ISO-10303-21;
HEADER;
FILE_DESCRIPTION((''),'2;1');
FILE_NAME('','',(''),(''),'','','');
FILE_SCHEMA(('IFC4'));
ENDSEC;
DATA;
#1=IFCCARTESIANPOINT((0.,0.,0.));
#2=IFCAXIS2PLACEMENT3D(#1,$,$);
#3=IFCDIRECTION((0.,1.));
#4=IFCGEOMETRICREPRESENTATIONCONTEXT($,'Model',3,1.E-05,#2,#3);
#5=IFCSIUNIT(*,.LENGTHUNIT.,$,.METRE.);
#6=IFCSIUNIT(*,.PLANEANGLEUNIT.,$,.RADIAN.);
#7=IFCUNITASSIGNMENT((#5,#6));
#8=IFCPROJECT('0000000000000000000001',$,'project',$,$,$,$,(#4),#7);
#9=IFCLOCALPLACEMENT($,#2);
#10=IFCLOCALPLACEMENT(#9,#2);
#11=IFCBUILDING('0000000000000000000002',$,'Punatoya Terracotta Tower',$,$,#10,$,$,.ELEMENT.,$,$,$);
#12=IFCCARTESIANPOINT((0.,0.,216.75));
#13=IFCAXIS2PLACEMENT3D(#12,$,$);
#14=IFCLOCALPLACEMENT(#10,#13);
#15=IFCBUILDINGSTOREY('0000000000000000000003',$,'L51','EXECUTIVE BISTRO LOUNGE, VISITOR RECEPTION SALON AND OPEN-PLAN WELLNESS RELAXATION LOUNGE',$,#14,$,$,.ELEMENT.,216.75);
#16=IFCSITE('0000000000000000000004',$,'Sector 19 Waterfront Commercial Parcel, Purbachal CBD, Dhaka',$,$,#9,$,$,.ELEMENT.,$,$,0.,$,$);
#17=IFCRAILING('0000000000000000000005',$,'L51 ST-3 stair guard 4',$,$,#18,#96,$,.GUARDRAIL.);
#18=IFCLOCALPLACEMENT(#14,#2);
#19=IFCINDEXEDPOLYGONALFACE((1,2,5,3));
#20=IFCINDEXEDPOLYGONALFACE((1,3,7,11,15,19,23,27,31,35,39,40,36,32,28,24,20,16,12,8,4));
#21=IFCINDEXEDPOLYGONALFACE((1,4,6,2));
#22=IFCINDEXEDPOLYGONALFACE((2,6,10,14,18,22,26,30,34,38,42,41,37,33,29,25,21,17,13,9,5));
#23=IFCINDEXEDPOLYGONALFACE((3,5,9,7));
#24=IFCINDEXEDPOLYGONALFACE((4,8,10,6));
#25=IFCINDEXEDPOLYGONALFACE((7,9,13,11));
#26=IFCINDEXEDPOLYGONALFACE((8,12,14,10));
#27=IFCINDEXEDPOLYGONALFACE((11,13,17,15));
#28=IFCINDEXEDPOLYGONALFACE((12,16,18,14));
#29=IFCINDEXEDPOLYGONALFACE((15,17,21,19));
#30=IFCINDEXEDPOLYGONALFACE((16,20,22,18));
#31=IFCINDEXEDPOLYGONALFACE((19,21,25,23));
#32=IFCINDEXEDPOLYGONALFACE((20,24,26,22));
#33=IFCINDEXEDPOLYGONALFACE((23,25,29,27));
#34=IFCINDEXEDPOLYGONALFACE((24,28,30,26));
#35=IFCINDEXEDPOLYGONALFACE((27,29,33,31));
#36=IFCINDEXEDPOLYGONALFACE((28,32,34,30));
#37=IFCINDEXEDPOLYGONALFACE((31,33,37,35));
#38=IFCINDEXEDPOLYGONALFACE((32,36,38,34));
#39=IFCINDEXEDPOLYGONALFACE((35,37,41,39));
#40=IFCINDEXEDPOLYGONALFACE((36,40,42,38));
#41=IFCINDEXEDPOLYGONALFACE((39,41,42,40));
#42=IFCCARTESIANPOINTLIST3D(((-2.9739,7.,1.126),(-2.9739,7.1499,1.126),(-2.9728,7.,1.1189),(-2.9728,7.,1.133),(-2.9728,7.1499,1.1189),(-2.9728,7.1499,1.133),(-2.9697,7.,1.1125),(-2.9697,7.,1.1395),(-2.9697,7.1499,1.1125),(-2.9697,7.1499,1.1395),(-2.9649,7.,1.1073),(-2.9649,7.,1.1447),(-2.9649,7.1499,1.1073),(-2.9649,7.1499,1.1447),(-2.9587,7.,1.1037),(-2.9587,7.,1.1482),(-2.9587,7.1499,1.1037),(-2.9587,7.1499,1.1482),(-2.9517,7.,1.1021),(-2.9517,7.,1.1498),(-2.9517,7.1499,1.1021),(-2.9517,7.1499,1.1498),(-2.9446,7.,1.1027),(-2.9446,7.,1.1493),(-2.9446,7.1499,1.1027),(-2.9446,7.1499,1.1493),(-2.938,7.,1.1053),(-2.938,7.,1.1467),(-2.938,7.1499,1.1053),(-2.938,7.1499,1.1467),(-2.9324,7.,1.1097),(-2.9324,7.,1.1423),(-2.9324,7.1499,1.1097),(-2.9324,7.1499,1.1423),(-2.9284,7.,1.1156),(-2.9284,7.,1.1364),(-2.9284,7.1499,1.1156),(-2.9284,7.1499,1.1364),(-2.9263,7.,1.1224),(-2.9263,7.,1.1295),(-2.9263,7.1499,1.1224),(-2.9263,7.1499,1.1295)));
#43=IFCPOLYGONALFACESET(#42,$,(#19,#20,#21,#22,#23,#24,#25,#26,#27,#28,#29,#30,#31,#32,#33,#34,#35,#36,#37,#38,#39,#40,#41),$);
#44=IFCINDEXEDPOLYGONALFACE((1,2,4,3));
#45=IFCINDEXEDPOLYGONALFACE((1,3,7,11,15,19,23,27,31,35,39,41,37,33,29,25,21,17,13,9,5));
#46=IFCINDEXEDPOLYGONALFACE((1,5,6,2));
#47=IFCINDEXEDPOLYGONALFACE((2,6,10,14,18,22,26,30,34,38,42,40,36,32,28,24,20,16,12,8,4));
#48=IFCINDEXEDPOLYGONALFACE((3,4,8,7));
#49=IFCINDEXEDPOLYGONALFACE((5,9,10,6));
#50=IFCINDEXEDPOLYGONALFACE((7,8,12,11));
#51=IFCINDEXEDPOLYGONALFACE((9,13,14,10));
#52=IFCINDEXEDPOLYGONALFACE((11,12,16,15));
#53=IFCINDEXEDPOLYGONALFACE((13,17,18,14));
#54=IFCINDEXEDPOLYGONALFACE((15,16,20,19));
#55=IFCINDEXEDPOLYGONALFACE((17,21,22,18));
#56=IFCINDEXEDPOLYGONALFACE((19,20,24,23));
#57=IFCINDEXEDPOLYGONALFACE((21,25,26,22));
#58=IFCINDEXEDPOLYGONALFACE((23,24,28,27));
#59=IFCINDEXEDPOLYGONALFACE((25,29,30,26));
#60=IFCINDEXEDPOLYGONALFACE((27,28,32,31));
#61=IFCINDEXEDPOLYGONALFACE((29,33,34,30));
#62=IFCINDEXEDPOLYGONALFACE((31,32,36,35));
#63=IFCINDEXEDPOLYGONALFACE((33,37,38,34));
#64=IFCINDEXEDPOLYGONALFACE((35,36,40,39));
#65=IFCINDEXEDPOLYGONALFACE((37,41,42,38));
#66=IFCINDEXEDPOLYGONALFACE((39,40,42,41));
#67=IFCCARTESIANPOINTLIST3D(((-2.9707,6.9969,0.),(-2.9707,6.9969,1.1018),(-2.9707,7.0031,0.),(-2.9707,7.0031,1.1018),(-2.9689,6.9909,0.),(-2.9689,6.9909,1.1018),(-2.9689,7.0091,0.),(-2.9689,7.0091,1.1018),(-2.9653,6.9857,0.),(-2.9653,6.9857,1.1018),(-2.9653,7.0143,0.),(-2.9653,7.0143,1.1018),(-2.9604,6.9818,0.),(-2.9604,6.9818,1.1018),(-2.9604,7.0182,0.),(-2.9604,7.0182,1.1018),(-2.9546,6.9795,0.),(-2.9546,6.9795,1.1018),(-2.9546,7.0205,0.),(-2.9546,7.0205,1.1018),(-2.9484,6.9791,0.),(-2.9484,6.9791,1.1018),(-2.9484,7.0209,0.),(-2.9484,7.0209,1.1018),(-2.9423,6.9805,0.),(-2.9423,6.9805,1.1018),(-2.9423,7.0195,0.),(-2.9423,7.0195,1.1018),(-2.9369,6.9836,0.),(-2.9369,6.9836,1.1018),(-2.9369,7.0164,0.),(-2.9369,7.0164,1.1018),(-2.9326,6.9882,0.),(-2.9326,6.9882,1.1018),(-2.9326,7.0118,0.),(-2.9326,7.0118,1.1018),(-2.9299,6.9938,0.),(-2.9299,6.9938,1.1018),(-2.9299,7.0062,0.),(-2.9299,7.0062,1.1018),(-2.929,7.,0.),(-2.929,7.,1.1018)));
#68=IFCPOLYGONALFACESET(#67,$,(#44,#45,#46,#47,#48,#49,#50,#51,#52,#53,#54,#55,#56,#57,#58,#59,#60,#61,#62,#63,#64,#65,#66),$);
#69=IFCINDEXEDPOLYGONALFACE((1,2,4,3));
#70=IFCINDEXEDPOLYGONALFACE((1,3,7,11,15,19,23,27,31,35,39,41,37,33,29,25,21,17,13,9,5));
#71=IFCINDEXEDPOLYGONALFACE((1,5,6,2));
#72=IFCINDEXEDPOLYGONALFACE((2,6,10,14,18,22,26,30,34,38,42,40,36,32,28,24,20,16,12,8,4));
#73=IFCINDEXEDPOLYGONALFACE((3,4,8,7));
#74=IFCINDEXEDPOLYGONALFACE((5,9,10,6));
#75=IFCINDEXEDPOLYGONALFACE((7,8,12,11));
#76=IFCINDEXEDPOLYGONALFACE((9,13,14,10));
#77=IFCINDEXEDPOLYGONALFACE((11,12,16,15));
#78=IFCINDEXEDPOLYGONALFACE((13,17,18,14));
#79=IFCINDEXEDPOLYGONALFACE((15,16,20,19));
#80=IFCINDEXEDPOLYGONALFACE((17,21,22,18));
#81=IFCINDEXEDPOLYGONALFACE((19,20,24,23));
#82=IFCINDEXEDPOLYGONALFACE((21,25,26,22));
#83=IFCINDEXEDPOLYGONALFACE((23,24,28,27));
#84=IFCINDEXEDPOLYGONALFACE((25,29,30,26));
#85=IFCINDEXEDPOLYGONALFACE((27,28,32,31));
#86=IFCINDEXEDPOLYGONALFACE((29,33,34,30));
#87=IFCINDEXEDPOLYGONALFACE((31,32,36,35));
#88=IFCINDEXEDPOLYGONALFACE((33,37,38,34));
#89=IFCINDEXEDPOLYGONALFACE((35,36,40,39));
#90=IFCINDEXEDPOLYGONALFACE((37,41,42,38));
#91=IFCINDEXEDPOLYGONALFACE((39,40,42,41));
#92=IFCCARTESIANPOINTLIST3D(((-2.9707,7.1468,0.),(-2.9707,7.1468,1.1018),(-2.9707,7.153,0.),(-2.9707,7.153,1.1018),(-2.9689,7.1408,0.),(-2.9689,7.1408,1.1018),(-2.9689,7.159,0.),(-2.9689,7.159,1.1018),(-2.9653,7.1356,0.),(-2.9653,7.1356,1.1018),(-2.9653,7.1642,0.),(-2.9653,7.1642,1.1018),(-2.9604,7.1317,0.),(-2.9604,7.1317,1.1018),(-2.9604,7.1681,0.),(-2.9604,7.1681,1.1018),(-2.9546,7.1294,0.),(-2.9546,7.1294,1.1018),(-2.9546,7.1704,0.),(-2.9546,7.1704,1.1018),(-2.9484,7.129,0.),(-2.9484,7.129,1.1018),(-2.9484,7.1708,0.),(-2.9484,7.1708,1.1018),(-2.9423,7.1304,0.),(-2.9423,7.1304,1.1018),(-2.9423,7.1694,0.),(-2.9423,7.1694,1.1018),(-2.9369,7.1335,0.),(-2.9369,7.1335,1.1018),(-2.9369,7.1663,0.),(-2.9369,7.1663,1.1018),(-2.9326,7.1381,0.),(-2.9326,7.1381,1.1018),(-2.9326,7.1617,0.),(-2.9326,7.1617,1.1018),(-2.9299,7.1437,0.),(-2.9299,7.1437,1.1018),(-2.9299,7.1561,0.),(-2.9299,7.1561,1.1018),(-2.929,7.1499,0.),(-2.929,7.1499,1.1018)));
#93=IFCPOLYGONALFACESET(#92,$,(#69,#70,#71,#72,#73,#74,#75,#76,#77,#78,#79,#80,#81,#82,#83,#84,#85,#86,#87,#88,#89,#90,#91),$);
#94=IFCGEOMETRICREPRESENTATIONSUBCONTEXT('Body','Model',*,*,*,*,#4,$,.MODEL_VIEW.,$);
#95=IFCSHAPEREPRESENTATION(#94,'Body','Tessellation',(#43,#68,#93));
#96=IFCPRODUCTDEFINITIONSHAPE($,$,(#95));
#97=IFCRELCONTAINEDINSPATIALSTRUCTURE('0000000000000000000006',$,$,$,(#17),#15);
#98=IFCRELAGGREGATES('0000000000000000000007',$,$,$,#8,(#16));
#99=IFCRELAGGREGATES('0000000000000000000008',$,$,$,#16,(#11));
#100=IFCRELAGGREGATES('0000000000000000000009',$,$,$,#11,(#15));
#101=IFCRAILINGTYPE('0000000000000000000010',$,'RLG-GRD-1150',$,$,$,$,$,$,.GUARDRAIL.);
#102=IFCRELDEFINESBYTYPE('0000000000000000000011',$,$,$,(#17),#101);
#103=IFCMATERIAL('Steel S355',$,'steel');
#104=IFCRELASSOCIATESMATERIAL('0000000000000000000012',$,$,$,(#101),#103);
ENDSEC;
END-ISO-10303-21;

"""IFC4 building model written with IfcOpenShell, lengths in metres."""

from ifc_helpers import new_model, si_unit, direction, frame, origin, origin_2d, place, context, subcontext, project, spatial, circle, extrude, material, type_object, element, save


model = new_model("IFC4")

# Units and contexts
model_context = context("Model", 3, precision=1e-05, world=origin(), true_north=direction((0.0, 1.0)))
body_context = subcontext(model_context, "Body", "Model", "MODEL_VIEW")
ifc_project = project(units=[si_unit("LENGTHUNIT", "METRE"), si_unit("PLANEANGLEUNIT", "RADIAN")], contexts=[model_context])

# Site, building, storey
site_placement = place(None, origin())
site = spatial("IfcSite", under=ifc_project, at=site_placement, Name="Sector 19 Waterfront Commercial Parcel, Purbachal CBD, Dhaka", CompositionType="ELEMENT", RefElevation=0.0)
building_placement = place(site_placement, origin())
building = spatial("IfcBuilding", under=site, at=building_placement, Name="Punatoya Terracotta Tower", CompositionType="ELEMENT")
storey_placement = place(building_placement, frame((0.0, 0.0, 216.75)))
storey = spatial("IfcBuildingStorey", under=building, at=storey_placement, Name="L51", Description="EXECUTIVE BISTRO LOUNGE, VISITOR RECEPTION SALON AND OPEN-PLAN WELLNESS RELAXATION LOUNGE", CompositionType="ELEMENT", Elevation=216.75)

# Shared definitions
ifc_material_1 = material(Name="Steel S355", Category="steel")

# Railing
railing_type = type_object("IfcRailingType", Name="RLG-GRD-1150", PredefinedType="GUARDRAIL", material=ifc_material_1)
railing_1_placement = place(storey_placement, frame((-2.95, 7.0, 0.0)))
element("IfcRailing", 1, at=railing_1_placement, inside=storey, type_object=railing_type, Name="L51 ST-3 stair guard 4", PredefinedType="GUARDRAIL", context=body_context, shape_type="SweptSolid", body=[
    extrude(circle(Radius=0.0239, at=origin_2d()), frame((0.0, 0.0, 1.126), z_axis=(0.0, 1.0, 0.0), x_axis=(-1.0, 0.0, 0.0)), (0.0, 0.0, 1.0), 0.1499),
    extrude(circle(Radius=0.021, at=origin_2d()), origin(), (0.0, 0.0, 1.0), 1.1018),
    extrude(circle(Radius=0.021, at=origin_2d()), frame((0.0, 0.1499, 0.0)), (0.0, 0.0, 1.0), 1.1018),
])

save(model, "model.ifc")
